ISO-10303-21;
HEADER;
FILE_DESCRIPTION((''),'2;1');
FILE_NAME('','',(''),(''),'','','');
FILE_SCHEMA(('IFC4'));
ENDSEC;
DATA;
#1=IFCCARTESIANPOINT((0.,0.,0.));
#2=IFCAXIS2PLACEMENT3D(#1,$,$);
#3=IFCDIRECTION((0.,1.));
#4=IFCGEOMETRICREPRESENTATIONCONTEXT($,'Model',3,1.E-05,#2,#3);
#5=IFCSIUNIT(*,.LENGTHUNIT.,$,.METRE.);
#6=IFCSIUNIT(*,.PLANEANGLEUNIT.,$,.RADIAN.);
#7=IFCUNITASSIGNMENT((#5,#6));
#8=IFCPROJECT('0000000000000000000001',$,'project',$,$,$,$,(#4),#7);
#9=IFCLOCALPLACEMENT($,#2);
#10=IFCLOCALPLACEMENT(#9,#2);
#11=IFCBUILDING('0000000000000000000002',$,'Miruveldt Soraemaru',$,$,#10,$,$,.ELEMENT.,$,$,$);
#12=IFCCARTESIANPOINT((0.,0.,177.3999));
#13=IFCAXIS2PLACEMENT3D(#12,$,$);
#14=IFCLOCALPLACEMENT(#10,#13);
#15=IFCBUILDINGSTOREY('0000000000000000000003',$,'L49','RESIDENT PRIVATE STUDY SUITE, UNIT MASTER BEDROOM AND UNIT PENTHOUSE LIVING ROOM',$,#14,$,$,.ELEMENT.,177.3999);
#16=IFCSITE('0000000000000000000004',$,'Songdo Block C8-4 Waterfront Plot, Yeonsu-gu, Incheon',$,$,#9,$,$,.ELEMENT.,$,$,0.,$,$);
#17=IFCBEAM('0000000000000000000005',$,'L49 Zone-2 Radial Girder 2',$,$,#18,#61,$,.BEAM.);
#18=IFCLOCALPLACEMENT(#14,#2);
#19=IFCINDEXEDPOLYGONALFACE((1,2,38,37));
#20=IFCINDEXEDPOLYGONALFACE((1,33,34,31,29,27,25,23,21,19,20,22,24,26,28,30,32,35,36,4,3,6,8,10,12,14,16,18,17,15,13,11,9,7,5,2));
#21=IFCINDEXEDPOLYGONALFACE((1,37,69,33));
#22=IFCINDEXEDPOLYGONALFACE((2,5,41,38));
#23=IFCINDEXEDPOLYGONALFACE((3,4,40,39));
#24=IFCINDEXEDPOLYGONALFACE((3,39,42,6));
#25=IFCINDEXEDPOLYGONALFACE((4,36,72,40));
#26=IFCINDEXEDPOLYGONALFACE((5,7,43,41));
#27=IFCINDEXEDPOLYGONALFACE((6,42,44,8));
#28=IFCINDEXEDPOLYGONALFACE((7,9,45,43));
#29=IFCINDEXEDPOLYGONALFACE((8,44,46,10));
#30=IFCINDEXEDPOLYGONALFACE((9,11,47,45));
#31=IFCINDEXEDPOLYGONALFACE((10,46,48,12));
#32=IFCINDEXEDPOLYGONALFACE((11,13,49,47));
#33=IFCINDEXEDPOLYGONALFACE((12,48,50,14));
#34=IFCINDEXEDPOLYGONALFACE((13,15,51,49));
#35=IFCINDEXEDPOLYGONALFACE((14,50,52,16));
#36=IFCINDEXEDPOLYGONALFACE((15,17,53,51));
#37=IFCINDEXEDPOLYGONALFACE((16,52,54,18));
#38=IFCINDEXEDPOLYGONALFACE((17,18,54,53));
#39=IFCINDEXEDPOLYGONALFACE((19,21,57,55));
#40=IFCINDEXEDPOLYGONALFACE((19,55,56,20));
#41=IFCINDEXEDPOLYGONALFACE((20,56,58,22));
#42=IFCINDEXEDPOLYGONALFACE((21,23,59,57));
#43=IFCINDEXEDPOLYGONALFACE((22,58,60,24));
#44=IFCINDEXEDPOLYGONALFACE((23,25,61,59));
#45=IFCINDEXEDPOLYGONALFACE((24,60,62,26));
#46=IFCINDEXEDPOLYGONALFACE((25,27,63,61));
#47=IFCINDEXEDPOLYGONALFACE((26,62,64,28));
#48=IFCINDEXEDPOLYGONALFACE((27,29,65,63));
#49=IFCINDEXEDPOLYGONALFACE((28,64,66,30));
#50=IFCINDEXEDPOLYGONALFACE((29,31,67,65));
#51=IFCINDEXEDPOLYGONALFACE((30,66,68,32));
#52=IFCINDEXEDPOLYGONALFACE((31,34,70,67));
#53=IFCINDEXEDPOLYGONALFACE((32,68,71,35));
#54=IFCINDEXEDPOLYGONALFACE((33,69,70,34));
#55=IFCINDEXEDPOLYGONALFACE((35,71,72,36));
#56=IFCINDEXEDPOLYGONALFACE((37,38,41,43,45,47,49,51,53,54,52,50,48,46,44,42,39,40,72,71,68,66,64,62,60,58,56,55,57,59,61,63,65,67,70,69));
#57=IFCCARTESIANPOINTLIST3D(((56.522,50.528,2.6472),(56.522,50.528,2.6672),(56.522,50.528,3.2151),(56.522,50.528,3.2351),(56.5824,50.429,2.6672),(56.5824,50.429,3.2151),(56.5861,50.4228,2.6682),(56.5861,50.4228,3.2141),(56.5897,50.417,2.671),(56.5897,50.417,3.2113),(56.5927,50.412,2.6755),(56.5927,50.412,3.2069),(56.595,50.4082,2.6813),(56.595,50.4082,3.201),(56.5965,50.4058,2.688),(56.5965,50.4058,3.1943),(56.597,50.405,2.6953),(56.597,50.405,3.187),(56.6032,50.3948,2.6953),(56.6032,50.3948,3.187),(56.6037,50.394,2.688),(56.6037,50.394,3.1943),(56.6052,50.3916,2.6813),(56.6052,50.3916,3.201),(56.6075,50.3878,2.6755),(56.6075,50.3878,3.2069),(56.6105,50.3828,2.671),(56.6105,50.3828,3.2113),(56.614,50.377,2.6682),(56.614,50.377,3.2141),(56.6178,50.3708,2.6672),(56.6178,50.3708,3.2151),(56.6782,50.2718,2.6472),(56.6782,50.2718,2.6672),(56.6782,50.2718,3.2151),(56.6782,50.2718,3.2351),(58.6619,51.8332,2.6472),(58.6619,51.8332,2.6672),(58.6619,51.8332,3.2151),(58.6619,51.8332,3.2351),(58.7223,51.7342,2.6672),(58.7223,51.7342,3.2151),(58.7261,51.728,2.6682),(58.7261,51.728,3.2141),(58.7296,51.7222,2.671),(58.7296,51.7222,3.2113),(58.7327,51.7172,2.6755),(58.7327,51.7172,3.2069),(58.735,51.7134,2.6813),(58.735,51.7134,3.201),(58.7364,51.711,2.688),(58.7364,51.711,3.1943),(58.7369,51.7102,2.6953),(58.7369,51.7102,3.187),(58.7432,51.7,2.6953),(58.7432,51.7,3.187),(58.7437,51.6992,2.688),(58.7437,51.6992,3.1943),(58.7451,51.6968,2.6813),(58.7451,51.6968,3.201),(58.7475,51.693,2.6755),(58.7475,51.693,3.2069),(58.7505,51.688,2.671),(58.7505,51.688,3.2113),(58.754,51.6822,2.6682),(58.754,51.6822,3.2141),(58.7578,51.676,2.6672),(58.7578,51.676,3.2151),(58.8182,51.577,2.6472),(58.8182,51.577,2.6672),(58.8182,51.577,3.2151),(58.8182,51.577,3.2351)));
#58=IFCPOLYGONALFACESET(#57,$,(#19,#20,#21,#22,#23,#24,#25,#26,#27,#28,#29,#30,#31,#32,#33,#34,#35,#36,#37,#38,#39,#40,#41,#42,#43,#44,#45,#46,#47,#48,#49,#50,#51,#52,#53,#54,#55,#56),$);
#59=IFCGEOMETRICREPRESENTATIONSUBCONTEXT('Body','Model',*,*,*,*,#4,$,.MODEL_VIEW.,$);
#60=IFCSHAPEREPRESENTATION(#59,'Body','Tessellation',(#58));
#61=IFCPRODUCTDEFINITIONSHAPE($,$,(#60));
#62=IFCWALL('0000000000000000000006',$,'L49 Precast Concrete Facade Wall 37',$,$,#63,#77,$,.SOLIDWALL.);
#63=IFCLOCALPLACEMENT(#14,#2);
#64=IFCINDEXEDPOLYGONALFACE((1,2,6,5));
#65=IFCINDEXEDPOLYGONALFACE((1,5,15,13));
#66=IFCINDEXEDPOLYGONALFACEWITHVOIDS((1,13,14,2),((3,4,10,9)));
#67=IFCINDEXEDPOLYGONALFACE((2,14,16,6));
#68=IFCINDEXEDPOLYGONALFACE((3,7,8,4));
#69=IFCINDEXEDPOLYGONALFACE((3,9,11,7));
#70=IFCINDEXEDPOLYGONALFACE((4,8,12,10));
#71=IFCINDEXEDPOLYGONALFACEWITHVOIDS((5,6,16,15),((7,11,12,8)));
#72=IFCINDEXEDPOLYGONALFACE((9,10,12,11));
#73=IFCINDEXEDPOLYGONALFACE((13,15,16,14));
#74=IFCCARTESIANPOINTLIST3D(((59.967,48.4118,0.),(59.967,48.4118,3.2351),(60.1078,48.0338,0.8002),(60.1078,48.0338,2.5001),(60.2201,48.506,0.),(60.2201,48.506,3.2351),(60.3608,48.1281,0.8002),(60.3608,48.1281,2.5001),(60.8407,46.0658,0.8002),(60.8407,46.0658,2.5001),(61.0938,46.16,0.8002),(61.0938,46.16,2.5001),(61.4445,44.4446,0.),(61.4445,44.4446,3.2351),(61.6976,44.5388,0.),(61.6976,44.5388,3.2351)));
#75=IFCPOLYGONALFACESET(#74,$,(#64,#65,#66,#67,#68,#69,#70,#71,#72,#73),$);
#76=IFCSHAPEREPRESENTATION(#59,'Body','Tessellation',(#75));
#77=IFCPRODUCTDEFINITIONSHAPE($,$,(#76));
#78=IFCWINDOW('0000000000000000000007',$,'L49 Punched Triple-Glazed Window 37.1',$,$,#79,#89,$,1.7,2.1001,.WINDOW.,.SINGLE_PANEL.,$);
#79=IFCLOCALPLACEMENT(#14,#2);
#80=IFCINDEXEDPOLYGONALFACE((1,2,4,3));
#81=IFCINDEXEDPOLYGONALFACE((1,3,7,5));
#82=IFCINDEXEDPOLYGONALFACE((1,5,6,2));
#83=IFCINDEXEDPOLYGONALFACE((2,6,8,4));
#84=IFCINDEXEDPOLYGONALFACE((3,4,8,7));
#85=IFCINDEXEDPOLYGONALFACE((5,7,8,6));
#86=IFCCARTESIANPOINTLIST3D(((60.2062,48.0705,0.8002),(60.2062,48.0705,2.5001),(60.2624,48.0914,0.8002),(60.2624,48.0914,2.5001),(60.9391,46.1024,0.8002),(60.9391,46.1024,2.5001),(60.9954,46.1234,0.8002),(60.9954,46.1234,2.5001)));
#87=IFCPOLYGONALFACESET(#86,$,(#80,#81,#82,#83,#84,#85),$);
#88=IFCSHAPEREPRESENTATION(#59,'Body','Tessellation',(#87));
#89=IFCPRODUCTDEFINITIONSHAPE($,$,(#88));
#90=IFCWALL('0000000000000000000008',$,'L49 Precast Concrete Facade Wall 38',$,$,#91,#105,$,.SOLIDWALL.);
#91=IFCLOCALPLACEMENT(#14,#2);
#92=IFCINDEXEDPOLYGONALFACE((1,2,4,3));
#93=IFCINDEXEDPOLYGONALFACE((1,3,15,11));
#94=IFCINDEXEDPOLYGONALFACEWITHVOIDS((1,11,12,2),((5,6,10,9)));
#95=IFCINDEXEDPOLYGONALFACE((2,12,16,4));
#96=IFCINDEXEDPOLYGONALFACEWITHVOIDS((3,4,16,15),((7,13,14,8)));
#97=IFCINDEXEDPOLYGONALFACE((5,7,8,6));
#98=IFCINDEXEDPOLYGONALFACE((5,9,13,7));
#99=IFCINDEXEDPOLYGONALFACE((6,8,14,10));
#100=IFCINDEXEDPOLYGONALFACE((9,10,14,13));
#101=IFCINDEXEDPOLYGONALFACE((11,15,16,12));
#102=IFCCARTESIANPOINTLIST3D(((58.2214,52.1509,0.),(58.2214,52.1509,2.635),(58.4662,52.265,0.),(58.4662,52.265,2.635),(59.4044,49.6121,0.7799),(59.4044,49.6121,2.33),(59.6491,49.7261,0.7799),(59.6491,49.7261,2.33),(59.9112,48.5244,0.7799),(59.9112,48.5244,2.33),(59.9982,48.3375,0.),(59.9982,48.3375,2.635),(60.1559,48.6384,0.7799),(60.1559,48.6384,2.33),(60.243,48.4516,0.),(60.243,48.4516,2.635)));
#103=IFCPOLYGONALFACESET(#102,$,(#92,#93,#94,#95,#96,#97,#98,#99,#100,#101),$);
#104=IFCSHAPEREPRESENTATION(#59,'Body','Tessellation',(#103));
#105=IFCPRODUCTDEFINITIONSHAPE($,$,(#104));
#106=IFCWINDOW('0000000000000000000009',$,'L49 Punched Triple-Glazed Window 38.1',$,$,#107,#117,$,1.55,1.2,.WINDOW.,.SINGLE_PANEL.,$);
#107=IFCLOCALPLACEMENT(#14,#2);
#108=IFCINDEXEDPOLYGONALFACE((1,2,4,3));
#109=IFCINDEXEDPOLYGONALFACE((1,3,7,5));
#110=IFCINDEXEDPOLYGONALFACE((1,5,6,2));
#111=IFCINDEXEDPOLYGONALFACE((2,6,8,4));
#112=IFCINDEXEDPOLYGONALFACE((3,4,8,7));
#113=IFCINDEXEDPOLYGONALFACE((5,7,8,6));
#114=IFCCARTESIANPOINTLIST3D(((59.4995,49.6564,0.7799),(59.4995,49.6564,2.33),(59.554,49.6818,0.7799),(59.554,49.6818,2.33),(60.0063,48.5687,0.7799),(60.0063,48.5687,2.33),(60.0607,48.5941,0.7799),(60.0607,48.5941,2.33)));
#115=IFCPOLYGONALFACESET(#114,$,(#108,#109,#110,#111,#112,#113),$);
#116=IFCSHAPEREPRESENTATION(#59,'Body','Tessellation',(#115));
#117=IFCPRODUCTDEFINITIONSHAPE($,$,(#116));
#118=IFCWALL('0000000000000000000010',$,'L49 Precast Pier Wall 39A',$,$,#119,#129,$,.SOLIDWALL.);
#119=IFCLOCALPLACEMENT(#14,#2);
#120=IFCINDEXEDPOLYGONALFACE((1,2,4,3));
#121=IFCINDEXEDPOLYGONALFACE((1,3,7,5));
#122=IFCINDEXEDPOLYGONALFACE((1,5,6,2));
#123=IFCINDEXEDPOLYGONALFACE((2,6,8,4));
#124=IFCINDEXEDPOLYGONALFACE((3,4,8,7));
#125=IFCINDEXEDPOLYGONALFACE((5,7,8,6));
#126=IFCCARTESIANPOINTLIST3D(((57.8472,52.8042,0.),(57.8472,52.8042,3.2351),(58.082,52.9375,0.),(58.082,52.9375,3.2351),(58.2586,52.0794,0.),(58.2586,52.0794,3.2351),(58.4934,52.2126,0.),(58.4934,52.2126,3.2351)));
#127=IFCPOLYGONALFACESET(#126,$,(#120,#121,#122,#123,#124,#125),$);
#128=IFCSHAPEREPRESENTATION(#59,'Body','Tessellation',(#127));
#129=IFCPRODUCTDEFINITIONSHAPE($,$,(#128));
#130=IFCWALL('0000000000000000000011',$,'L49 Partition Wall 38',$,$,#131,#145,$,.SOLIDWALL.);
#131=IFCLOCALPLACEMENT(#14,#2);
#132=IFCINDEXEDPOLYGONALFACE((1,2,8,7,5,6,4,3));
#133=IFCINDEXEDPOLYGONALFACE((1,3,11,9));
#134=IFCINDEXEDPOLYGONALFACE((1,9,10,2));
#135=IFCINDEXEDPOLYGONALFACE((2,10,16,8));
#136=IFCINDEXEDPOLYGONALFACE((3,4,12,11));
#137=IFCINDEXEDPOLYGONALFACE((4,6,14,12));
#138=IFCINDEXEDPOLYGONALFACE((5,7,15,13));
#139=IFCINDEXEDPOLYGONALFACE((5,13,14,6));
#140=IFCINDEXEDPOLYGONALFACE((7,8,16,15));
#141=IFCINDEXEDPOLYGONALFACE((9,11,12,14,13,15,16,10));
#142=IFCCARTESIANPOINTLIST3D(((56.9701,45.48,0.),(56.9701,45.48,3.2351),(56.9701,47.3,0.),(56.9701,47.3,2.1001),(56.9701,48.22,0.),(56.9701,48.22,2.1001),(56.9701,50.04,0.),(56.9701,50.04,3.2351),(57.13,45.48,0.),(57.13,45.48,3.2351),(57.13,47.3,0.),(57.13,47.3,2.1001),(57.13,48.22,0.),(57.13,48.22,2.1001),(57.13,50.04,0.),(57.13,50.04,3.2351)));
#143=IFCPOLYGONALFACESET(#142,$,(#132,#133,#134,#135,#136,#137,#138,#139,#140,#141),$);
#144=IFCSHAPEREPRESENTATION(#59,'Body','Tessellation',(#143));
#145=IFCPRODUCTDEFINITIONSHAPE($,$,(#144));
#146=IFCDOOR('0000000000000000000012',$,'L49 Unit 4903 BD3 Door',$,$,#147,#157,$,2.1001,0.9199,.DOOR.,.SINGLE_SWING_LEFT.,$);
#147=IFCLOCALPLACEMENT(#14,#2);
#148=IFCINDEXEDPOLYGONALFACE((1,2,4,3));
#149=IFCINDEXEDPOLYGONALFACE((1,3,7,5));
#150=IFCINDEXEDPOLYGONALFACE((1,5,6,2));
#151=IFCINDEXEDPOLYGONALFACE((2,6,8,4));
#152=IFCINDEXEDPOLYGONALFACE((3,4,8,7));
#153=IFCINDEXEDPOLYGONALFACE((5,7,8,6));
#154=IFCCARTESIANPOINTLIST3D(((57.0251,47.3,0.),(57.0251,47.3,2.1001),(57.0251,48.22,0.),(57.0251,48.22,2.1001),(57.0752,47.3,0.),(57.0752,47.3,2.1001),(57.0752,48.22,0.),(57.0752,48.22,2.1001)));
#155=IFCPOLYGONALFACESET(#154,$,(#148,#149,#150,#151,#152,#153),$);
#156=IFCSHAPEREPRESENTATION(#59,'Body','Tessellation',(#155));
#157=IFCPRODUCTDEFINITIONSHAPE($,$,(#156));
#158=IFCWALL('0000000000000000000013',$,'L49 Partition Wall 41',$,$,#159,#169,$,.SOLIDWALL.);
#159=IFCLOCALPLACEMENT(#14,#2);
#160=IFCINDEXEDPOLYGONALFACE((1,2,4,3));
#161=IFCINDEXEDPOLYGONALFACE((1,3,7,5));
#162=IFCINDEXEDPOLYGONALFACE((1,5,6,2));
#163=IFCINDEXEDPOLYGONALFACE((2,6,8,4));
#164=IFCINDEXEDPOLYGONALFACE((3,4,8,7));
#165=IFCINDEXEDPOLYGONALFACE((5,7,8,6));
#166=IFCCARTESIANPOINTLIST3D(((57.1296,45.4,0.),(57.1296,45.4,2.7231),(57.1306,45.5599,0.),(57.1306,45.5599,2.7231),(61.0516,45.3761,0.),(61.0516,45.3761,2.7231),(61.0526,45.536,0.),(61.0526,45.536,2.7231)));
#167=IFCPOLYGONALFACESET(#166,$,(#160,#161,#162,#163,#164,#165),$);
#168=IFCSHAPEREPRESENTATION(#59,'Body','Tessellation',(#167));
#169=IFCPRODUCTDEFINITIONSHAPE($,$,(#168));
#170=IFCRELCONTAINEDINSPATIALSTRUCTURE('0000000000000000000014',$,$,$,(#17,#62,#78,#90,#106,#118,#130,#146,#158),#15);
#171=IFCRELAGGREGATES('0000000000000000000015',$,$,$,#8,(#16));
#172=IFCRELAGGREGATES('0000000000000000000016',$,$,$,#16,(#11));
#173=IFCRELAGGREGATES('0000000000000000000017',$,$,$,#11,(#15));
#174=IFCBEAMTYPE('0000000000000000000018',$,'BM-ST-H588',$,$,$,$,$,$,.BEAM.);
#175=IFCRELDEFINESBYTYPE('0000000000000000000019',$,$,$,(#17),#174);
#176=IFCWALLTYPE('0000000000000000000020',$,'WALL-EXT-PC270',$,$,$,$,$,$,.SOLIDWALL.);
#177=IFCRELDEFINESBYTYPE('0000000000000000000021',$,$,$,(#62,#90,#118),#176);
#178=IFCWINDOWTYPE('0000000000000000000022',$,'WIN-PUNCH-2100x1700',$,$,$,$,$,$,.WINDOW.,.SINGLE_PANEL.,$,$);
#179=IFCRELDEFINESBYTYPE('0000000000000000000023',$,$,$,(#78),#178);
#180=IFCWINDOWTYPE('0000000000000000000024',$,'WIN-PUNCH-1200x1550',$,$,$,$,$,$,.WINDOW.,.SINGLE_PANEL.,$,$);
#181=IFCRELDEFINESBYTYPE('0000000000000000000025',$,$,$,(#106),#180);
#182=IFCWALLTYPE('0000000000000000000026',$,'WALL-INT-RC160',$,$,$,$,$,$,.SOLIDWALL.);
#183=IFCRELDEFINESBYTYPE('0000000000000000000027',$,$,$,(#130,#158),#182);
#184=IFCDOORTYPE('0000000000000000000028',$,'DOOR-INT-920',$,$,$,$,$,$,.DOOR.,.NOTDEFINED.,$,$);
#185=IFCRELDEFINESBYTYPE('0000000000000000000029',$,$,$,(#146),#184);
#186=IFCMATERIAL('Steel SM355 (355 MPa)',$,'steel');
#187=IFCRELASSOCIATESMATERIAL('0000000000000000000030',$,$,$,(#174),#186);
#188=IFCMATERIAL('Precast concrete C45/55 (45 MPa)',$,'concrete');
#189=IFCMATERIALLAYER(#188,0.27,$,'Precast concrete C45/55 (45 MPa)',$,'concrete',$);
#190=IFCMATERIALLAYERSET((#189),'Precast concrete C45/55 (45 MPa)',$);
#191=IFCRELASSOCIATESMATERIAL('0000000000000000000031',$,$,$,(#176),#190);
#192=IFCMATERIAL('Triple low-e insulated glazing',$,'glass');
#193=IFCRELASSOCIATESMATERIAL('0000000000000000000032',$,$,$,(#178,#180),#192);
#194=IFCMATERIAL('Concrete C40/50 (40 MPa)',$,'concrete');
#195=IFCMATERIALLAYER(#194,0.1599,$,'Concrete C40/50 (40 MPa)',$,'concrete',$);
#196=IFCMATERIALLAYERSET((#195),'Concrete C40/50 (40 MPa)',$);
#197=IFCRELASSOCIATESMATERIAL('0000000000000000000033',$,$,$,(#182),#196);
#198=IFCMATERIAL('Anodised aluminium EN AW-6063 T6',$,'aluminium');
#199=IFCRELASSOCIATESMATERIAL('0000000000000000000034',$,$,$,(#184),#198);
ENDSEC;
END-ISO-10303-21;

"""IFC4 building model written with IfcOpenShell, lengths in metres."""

from ifc_helpers import new_model, si_unit, direction, frame, frame_2d, origin, origin_2d, place, context, subcontext, project, spatial, rectangle, i_section, extrude, material, layer, layer_set, material_profile, profile_set, type_object, element, fill, save


model = new_model("IFC4")

# Units and contexts
model_context = context("Model", 3, precision=1e-05, world=origin(), true_north=direction((0.0, 1.0)))
body_context = subcontext(model_context, "Body", "Model", "MODEL_VIEW")
ifc_project = project(units=[si_unit("LENGTHUNIT", "METRE"), si_unit("PLANEANGLEUNIT", "RADIAN")], contexts=[model_context])

# Site, building, storey
site_placement = place(None, origin())
site = spatial("IfcSite", under=ifc_project, at=site_placement, Name="Songdo Block C8-4 Waterfront Plot, Yeonsu-gu, Incheon", CompositionType="ELEMENT", RefElevation=0.0)
building_placement = place(site_placement, origin())
building = spatial("IfcBuilding", under=site, at=building_placement, Name="Miruveldt Soraemaru", CompositionType="ELEMENT")
storey_placement = place(building_placement, frame((0.0, 0.0, 177.3999)))
storey = spatial("IfcBuildingStorey", under=building, at=storey_placement, Name="L49", Description="RESIDENT PRIVATE STUDY SUITE, UNIT MASTER BEDROOM AND UNIT PENTHOUSE LIVING ROOM", CompositionType="ELEMENT", Elevation=177.3999)

# Beam
ifc_material_1 = material(Name="Steel SM355 (355 MPa)", Category="steel")
ifc_material_profile_1 = material_profile(ifc_material_1, i_section(OverallWidth=0.3, OverallDepth=0.5879, WebThickness=0.012, FlangeThickness=0.02, FilletRadius=0.0281, at=origin_2d()), Name="Steel SM355 (355 MPa)", Category="steel")
ifc_profile_set_1 = profile_set([ifc_material_profile_1], Name="Steel SM355 (355 MPa)")
beam_type_1 = type_object("IfcBeamType", Name="BM-ST-H588", PredefinedType="BEAM", material=ifc_profile_set_1)
beam_1_placement = place(storey_placement, frame((56.6001, 50.3999, 2.9412), z_axis=(0.853732, 0.520713, 0.0), x_axis=(-0.520713, 0.853732, 0.0)))
element("IfcBeam", 1, at=beam_1_placement, inside=storey, type_object=beam_type_1, Name="L49 Zone-2 Radial Girder 2", PredefinedType="BEAM", context=body_context, shape_type="SweptSolid", body=[
    extrude(i_section(OverallWidth=0.3, OverallDepth=0.5879, WebThickness=0.012, FlangeThickness=0.02, FilletRadius=0.0281, at=origin_2d()), origin(), (0.0, 0.0, 1.0), 2.5066),
])

# Walls, openings, windows
ifc_material_2 = material(Name="Precast concrete C45/55 (45 MPa)", Category="concrete")
ifc_layer_1 = layer(ifc_material_2, 0.27, Name="Precast concrete C45/55 (45 MPa)", Category="concrete")
ifc_layer_set_1 = layer_set([ifc_layer_1], Name="Precast concrete C45/55 (45 MPa)")
wall_type_1 = type_object("IfcWallType", Name="WALL-EXT-PC270", PredefinedType="SOLIDWALL", material=ifc_layer_set_1)
wall_1_placement = place(storey_placement, frame((61.571, 44.4917, 0.0), z_axis=(0.0, 0.0, 1.0), x_axis=(-0.349012, 0.937118, 0.0)))
wall_1 = element("IfcWall", 2, at=wall_1_placement, inside=storey, type_object=wall_type_1, Name="L49 Precast Concrete Facade Wall 37", PredefinedType="SOLIDWALL", context=body_context, shape_type="SweptSolid", body=[
    extrude(rectangle(XDim=4.2334, YDim=0.27, at=frame_2d((2.1167, 0.0))), origin(), (0.0, 0.0, 1.0), 3.2351),
])
opening_1_placement = place(wall_1_placement, frame((1.73, 0.0, 0.8)))
opening_1 = element("IfcOpeningElement", 3, at=opening_1_placement, cuts=wall_1, PredefinedType="OPENING", context=body_context, shape_type="SweptSolid", body=[
    extrude(rectangle(XDim=2.1001, YDim=1.7, at=frame_2d((1.05, 0.8501))), frame((0.0, 0.145, 0.0), z_axis=(0.0, -1.0, 0.0), x_axis=(1.0, 0.0, 0.0)), (0.0, 0.0, 1.0), 0.29),
])
ifc_material_3 = material(Name="Triple low-e insulated glazing", Category="glass")
window_type_1 = type_object("IfcWindowType", Name="WIN-PUNCH-2100x1700", PartitioningType="SINGLE_PANEL", PredefinedType="WINDOW", material=ifc_material_3)
window_1_placement = place(opening_1_placement, origin())
window_1 = element("IfcWindow", 4, at=window_1_placement, inside=storey, type_object=window_type_1, Name="L49 Punched Triple-Glazed Window 37.1", OverallHeight=1.7, OverallWidth=2.1001, PartitioningType="SINGLE_PANEL", PredefinedType="WINDOW", context=body_context, shape_type="SweptSolid", body=[
    extrude(rectangle(XDim=2.1001, YDim=1.7, at=frame_2d((1.05, 0.8501))), frame((0.0, 0.03, 0.0), z_axis=(0.0, -1.0, 0.0), x_axis=(1.0, 0.0, 0.0)), (0.0, 0.0, 1.0), 0.0601),
])
fill(opening_1, window_1)
wall_2_placement = place(storey_placement, frame((60.1206, 48.3945, 0.0), z_axis=(0.0, 0.0, 1.0), x_axis=(-0.422345, 0.906435, 0.0)))
wall_2 = element("IfcWall", 5, at=wall_2_placement, inside=storey, type_object=wall_type_1, Name="L49 Precast Concrete Facade Wall 38", PredefinedType="SOLIDWALL", context=body_context, shape_type="SweptSolid", body=[
    extrude(rectangle(XDim=4.207, YDim=0.27, at=frame_2d((2.1035, 0.0))), origin(), (0.0, 0.0, 1.0), 2.635),
])
opening_2_placement = place(wall_2_placement, frame((0.2061, 0.0, 0.78)))
opening_2 = element("IfcOpeningElement", 6, at=opening_2_placement, cuts=wall_2, PredefinedType="OPENING", context=body_context, shape_type="SweptSolid", body=[
    extrude(rectangle(XDim=1.2, YDim=1.55, at=frame_2d((0.6001, 0.7749))), frame((0.0, 0.145, 0.0), z_axis=(0.0, -1.0, 0.0), x_axis=(1.0, 0.0, 0.0)), (0.0, 0.0, 1.0), 0.29),
])
window_type_2 = type_object("IfcWindowType", Name="WIN-PUNCH-1200x1550", PartitioningType="SINGLE_PANEL", PredefinedType="WINDOW", material=ifc_material_3)
window_2_placement = place(opening_2_placement, origin())
window_2 = element("IfcWindow", 7, at=window_2_placement, inside=storey, type_object=window_type_2, Name="L49 Punched Triple-Glazed Window 38.1", OverallHeight=1.55, OverallWidth=1.2, PartitioningType="SINGLE_PANEL", PredefinedType="WINDOW", context=body_context, shape_type="SweptSolid", body=[
    extrude(rectangle(XDim=1.2, YDim=1.55, at=frame_2d((0.6001, 0.7749))), frame((0.0, 0.03, 0.0), z_axis=(0.0, -1.0, 0.0), x_axis=(1.0, 0.0, 0.0)), (0.0, 0.0, 1.0), 0.0601),
])
fill(opening_2, window_2)

# Wall
wall_3_placement = place(storey_placement, frame((58.376, 52.146, 0.0), z_axis=(0.0, 0.0, 1.0), x_axis=(-0.493582, 0.8697, 0.0)))
element("IfcWall", 8, at=wall_3_placement, inside=storey, type_object=wall_type_1, Name="L49 Precast Pier Wall 39A", PredefinedType="SOLIDWALL", context=body_context, shape_type="SweptSolid", body=[
    extrude(rectangle(XDim=0.8335, YDim=0.27, at=frame_2d((0.4167, 0.0))), origin(), (0.0, 0.0, 1.0), 3.2351),
])

# Wall, opening, door
ifc_material_4 = material(Name="Concrete C40/50 (40 MPa)", Category="concrete")
ifc_layer_2 = layer(ifc_material_4, 0.1599, Name="Concrete C40/50 (40 MPa)", Category="concrete")
ifc_layer_set_2 = layer_set([ifc_layer_2], Name="Concrete C40/50 (40 MPa)")
wall_type_2 = type_object("IfcWallType", Name="WALL-INT-RC160", PredefinedType="SOLIDWALL", material=ifc_layer_set_2)
wall_4_placement = place(storey_placement, frame((57.05, 45.48, 0.0), z_axis=(0.0, 0.0, 1.0), x_axis=(0.0, 1.0, 0.0)))
wall_4 = element("IfcWall", 9, at=wall_4_placement, inside=storey, type_object=wall_type_2, Name="L49 Partition Wall 38", PredefinedType="SOLIDWALL", context=body_context, shape_type="SweptSolid", body=[
    extrude(rectangle(XDim=4.5601, YDim=0.1599, at=frame_2d((2.28, 0.0))), origin(), (0.0, 0.0, 1.0), 3.2351),
])
opening_3_placement = place(wall_4_placement, frame((1.8201, 0.0, 0.0)))
opening_3 = element("IfcOpeningElement", 10, at=opening_3_placement, cuts=wall_4, PredefinedType="OPENING", context=body_context, shape_type="SweptSolid", body=[
    extrude(rectangle(XDim=0.9199, YDim=2.1001, at=frame_2d((0.46, 1.05))), frame((0.0, 0.0898, 0.0), z_axis=(0.0, -1.0, 0.0), x_axis=(1.0, 0.0, 0.0)), (0.0, 0.0, 1.0), 0.1799),
])
ifc_material_5 = material(Name="Anodised aluminium EN AW-6063 T6", Category="aluminium")
door_type_1 = type_object("IfcDoorType", Name="DOOR-INT-920", OperationType="NOTDEFINED", PredefinedType="DOOR", material=ifc_material_5)
door_1_placement = place(opening_3_placement, origin())
door_1 = element("IfcDoor", 11, at=door_1_placement, inside=storey, type_object=door_type_1, Name="L49 Unit 4903 BD3 Door", OperationType="SINGLE_SWING_LEFT", OverallHeight=2.1001, OverallWidth=0.9199, PredefinedType="DOOR", context=body_context, shape_type="SweptSolid", body=[
    extrude(rectangle(XDim=0.9199, YDim=2.1001, at=frame_2d((0.46, 1.05))), frame((0.0, 0.0249, 0.0), z_axis=(0.0, -1.0, 0.0), x_axis=(1.0, 0.0, 0.0)), (0.0, 0.0, 1.0), 0.05),
])
fill(opening_3, door_1)

# Wall
wall_5_placement = place(storey_placement, frame((61.052, 45.4561, 0.0), z_axis=(0.0, 0.0, 1.0), x_axis=(-0.999981, 0.0061, 0.0)))
element("IfcWall", 12, at=wall_5_placement, inside=storey, type_object=wall_type_2, Name="L49 Partition Wall 41", PredefinedType="SOLIDWALL", context=body_context, shape_type="SweptSolid", body=[
    extrude(rectangle(XDim=3.9221, YDim=0.1599, at=frame_2d((1.9609, 0.0))), origin(), (0.0, 0.0, 1.0), 2.7231),
])

save(model, "model.ifc")
